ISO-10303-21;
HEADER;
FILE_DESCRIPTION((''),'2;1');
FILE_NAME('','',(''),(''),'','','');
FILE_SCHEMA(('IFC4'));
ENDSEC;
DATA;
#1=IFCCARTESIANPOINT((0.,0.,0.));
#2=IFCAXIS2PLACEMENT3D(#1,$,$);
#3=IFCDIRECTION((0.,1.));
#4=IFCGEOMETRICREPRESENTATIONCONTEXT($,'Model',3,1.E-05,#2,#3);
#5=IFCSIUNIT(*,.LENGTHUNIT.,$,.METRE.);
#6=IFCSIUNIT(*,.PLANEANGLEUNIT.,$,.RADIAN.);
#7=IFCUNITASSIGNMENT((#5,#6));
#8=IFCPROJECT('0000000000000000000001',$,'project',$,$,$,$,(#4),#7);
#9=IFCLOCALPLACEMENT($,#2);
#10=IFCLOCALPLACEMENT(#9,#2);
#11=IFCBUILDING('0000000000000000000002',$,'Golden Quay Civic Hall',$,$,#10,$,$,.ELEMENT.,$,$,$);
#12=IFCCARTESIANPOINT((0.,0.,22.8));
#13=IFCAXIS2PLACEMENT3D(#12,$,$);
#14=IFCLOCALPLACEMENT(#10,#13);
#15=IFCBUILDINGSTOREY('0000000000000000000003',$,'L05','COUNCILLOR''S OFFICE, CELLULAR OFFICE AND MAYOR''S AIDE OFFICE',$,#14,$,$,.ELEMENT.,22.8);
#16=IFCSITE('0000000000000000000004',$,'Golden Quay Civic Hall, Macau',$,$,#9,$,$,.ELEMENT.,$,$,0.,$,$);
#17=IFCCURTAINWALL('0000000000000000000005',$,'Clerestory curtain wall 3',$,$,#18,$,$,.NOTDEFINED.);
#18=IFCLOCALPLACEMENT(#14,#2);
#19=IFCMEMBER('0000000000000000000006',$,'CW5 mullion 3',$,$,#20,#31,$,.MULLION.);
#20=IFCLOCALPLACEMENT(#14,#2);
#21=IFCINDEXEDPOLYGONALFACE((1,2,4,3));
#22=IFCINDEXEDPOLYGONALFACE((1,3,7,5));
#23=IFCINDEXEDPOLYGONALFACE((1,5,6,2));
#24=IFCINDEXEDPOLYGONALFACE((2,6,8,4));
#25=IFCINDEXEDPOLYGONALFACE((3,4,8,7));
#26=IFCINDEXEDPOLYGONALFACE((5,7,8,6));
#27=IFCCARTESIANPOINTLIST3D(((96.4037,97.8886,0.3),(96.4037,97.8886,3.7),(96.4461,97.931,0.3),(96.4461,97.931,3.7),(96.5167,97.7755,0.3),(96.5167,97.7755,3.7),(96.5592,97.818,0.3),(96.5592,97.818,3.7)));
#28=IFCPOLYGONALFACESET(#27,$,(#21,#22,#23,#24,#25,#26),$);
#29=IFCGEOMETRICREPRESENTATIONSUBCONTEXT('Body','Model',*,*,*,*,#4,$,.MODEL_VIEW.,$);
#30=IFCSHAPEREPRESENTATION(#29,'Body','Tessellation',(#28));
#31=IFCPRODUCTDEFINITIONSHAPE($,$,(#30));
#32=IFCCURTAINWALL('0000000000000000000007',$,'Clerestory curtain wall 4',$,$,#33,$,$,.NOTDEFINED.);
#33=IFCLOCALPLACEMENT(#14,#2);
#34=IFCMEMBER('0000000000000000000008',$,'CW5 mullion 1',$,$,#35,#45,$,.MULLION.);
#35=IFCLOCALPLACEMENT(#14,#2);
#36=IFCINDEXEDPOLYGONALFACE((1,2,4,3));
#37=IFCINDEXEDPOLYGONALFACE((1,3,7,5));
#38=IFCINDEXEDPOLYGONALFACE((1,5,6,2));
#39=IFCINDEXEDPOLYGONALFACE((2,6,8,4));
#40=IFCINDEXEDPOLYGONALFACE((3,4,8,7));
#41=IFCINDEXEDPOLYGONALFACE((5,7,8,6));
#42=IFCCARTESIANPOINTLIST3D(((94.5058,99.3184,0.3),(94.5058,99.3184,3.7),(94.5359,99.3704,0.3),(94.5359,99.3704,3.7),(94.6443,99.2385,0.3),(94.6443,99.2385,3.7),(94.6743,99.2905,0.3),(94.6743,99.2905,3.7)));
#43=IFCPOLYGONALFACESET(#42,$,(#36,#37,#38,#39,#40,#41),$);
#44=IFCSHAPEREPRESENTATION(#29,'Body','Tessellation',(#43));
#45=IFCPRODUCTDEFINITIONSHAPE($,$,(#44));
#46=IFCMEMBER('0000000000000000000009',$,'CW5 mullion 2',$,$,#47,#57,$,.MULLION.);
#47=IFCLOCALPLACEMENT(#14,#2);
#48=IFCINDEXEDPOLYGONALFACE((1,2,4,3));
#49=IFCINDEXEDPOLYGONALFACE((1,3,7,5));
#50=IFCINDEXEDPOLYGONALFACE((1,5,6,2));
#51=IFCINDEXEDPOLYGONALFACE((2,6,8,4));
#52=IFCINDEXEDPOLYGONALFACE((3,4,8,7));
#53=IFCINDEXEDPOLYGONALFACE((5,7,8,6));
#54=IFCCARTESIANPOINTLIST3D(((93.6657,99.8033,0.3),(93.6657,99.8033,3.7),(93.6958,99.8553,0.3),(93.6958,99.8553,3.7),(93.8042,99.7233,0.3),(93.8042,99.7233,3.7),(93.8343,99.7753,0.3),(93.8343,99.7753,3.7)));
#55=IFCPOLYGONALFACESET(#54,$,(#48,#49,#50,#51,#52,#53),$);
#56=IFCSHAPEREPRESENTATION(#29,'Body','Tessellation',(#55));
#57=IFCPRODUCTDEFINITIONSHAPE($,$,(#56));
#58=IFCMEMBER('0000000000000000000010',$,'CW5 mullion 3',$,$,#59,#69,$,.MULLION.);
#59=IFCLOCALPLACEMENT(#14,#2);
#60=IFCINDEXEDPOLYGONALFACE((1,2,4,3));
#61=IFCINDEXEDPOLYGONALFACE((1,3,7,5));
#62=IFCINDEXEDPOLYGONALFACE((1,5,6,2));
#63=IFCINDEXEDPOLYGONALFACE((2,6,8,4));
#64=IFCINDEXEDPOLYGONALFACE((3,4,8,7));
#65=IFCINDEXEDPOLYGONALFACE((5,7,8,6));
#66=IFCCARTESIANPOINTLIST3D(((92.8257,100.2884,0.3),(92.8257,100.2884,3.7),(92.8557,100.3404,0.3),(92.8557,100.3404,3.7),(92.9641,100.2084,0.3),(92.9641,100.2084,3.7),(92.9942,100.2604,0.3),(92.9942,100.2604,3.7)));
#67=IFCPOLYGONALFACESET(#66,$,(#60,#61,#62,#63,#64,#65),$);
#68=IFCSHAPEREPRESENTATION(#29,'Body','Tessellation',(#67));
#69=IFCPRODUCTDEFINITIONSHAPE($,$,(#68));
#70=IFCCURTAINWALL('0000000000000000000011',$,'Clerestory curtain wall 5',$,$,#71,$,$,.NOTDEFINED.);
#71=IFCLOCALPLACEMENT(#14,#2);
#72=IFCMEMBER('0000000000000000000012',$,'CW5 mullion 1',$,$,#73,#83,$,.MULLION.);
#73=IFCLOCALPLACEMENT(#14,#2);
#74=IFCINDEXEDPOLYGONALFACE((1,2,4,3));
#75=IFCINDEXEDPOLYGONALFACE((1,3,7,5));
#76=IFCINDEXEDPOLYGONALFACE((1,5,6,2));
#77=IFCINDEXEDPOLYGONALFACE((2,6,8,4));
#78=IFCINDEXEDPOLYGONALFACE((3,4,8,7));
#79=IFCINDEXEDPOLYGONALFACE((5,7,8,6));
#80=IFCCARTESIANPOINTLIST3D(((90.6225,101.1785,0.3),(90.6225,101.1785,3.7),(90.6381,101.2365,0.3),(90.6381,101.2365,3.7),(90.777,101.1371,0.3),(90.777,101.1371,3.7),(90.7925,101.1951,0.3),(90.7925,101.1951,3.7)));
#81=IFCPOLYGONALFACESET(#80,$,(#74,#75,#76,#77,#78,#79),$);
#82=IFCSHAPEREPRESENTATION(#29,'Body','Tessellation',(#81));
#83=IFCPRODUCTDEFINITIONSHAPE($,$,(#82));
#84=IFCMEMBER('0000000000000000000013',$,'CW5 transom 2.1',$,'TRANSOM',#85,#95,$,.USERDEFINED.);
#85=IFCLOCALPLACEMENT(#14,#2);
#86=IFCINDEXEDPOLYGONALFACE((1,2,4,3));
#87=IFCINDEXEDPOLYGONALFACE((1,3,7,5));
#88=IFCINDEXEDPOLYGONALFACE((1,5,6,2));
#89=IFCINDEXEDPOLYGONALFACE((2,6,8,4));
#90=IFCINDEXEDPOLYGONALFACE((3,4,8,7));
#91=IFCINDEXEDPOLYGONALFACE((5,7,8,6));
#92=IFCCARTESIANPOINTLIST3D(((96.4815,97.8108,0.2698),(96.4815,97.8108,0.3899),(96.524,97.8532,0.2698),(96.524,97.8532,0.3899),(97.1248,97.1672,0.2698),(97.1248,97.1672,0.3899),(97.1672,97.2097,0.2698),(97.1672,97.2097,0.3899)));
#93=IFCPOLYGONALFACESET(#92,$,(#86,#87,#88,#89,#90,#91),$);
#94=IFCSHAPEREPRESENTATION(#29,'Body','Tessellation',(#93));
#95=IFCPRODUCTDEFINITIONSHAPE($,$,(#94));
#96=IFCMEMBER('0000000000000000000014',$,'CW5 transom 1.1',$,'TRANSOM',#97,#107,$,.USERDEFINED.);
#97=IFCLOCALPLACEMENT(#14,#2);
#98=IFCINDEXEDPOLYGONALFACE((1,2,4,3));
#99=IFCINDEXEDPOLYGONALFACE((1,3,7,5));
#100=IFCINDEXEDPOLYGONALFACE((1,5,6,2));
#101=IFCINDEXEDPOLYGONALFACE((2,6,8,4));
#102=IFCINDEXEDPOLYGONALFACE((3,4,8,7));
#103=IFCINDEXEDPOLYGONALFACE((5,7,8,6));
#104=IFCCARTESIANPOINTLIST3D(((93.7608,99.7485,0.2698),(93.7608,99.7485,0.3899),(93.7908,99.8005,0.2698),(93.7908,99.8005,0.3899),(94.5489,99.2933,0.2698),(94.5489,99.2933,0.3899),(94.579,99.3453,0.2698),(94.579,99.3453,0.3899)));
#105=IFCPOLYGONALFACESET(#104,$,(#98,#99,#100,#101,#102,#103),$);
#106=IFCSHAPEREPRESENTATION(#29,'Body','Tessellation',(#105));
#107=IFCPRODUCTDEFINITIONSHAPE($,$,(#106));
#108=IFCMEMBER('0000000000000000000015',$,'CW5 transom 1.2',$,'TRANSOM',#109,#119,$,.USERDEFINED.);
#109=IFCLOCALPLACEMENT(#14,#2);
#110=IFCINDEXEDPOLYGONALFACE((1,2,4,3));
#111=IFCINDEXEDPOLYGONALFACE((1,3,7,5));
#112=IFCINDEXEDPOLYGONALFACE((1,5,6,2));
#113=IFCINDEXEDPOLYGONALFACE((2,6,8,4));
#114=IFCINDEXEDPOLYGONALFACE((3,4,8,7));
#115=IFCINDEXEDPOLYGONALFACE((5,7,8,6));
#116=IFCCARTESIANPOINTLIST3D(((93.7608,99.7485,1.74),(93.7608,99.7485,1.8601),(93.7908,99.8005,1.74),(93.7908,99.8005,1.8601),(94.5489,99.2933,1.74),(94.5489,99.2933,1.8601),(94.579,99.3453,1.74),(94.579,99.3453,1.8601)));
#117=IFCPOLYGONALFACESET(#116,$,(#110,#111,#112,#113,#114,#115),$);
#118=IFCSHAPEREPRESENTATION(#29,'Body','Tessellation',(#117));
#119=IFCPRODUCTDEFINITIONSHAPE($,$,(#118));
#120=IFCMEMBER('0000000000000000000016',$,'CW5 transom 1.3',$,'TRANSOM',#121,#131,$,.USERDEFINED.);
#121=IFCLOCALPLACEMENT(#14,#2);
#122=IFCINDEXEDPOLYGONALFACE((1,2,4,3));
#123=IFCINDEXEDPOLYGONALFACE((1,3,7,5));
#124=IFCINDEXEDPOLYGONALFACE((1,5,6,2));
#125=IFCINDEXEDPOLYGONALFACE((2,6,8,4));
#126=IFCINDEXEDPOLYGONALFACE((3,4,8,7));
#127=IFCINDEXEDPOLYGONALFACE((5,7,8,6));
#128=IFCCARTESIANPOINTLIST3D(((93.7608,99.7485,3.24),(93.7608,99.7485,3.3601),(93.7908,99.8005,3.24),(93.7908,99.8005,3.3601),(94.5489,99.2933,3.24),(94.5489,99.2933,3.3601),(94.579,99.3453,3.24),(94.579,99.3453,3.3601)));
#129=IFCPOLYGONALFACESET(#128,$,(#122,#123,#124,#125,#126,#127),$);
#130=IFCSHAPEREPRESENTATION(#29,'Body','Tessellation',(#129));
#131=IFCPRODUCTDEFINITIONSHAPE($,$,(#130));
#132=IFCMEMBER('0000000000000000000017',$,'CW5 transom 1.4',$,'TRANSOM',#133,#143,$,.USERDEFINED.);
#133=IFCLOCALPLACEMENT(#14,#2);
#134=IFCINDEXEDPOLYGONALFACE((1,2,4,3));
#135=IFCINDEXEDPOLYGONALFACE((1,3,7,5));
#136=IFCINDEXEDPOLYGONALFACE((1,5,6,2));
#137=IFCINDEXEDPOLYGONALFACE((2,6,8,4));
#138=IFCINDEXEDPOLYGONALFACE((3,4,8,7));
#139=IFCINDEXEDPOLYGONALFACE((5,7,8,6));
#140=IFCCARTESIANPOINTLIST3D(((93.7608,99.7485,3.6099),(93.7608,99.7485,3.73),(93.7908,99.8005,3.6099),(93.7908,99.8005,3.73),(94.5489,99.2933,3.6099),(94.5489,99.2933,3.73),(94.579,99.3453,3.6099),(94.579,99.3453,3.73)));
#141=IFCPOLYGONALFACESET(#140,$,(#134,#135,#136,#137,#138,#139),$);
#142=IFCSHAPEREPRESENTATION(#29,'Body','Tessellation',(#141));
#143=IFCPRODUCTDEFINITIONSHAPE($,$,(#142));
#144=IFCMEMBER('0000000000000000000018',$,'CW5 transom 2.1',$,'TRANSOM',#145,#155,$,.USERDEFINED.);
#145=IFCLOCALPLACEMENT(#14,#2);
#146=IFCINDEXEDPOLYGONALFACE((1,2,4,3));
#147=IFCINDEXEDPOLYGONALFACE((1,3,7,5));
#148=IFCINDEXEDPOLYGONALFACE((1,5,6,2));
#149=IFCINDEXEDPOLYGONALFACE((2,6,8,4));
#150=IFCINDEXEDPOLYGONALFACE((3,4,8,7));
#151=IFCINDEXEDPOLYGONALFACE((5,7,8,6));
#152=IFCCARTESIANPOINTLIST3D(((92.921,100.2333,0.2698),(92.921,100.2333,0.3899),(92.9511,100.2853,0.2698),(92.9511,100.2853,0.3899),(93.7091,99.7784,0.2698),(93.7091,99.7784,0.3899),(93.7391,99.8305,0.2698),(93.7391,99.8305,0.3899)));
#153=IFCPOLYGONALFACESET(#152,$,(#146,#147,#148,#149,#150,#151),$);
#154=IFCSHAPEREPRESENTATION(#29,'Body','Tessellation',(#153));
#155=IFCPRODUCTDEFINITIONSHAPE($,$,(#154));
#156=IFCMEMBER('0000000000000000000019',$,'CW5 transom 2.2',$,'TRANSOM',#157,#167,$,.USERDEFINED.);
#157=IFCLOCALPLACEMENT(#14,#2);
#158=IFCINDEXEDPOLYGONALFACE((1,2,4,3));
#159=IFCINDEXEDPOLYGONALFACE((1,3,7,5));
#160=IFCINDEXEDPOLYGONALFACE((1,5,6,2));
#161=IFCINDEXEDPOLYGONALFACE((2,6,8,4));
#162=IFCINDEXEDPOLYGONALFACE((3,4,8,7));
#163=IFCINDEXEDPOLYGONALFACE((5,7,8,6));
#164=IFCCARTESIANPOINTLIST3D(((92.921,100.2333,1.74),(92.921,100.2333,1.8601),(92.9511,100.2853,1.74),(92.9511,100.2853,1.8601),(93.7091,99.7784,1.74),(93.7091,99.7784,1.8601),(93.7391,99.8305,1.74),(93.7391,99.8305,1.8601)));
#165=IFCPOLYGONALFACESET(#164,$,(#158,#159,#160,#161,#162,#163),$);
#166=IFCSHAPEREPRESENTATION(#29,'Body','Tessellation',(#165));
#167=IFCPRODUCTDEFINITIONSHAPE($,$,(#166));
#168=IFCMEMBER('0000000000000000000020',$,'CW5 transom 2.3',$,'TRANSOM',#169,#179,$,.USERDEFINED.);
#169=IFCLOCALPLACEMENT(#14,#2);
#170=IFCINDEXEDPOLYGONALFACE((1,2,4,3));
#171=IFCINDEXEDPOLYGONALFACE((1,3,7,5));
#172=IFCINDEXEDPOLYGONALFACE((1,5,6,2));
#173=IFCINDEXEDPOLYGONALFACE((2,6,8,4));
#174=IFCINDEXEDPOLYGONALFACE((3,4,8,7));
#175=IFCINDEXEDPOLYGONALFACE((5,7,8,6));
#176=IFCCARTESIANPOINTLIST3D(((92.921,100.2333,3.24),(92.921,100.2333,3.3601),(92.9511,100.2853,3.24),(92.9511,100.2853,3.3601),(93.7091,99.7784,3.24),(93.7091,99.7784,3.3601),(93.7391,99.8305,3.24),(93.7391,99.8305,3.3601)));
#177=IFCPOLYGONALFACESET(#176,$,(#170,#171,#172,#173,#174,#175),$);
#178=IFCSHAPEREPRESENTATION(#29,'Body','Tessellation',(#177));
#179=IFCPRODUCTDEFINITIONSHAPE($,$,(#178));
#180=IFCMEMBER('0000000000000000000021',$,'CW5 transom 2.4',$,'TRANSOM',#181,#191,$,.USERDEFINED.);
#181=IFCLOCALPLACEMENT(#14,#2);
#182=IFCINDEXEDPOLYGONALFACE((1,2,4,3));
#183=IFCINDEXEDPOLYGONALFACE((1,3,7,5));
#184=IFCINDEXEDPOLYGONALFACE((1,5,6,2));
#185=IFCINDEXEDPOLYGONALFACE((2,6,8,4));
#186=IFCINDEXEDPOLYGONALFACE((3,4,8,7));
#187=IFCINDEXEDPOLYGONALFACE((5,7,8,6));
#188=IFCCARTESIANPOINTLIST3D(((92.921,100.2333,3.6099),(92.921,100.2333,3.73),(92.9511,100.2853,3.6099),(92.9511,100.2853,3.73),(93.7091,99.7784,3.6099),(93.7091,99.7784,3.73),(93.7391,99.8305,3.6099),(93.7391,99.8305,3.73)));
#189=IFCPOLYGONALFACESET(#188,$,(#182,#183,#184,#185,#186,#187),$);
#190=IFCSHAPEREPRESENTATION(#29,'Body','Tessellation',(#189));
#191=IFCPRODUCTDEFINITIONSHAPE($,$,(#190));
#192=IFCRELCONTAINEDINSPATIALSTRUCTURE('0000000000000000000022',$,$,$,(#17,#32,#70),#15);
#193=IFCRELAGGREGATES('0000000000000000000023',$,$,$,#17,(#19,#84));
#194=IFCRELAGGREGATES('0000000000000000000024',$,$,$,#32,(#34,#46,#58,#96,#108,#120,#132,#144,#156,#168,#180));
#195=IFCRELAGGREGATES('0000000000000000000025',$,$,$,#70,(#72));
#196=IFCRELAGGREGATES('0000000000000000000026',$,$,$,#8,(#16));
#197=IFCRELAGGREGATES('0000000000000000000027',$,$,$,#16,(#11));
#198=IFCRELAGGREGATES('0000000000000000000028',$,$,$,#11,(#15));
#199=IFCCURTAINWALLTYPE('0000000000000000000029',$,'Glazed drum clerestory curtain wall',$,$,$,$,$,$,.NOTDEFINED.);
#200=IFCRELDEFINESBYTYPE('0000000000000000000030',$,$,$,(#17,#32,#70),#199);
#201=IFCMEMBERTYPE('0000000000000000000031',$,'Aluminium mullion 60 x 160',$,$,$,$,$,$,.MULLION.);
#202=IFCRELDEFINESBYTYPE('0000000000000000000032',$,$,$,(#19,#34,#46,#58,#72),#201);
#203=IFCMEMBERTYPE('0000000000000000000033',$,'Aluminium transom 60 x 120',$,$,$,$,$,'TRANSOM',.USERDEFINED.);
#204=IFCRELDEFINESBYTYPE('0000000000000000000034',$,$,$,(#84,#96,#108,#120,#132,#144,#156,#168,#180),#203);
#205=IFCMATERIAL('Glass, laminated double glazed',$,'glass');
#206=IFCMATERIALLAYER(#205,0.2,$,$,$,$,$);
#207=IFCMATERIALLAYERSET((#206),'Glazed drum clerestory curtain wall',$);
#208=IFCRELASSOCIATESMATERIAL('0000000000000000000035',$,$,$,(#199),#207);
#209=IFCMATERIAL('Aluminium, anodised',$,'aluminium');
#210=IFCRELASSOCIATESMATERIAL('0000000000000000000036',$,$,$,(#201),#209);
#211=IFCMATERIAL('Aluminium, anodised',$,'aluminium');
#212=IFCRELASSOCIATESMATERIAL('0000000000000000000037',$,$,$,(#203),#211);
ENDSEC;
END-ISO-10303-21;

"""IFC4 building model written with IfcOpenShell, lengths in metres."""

from ifc_helpers import new_model, si_unit, direction, frame, origin, origin_2d, place, context, subcontext, project, spatial, rectangle, extrude, material, layer, layer_set, material_profile, profile_set, type_object, element, aggregate, save


model = new_model("IFC4")

# Units and contexts
model_context = context("Model", 3, precision=1e-05, world=origin(), true_north=direction((0.0, 1.0)))
body_context = subcontext(model_context, "Body", "Model", "MODEL_VIEW")
ifc_project = project(units=[si_unit("LENGTHUNIT", "METRE"), si_unit("PLANEANGLEUNIT", "RADIAN")], contexts=[model_context])

# Site, building, storey
site_placement = place(None, origin())
site = spatial("IfcSite", under=ifc_project, at=site_placement, Name="Golden Quay Civic Hall, Macau", CompositionType="ELEMENT", RefElevation=0.0)
building_placement = place(site_placement, origin())
building = spatial("IfcBuilding", under=site, at=building_placement, Name="Golden Quay Civic Hall", CompositionType="ELEMENT")
storey_placement = place(building_placement, frame((0.0, 0.0, 22.8)))
storey = spatial("IfcBuildingStorey", under=building, at=storey_placement, Name="L05", Description="COUNCILLOR'S OFFICE, CELLULAR OFFICE AND MAYOR'S AIDE OFFICE", CompositionType="ELEMENT", Elevation=22.8)

# Curtain wall, member
ifc_material_1 = material(Name="Glass, laminated double glazed", Category="glass")
ifc_layer_1 = layer(ifc_material_1, 0.2)
ifc_layer_set_1 = layer_set([ifc_layer_1], Name="Glazed drum clerestory curtain wall")
curtain_wall_type = type_object("IfcCurtainWallType", Name="Glazed drum clerestory curtain wall", PredefinedType="NOTDEFINED", material=ifc_layer_set_1)
curtain_wall_1_placement = place(storey_placement, origin())
curtain_wall_1 = element("IfcCurtainWall", 1, at=curtain_wall_1_placement, inside=storey, type_object=curtain_wall_type, Name="Clerestory curtain wall 3", PredefinedType="NOTDEFINED")
ifc_material_2 = material(Name="Aluminium, anodised", Category="aluminium")
ifc_material_profile_1 = material_profile(ifc_material_2, rectangle(XDim=0.0601, YDim=0.1599, at=origin_2d()), Name="Aluminium 60 x 160")
ifc_profile_set_1 = profile_set([ifc_material_profile_1], Name="Aluminium, anodised")
member_type_1 = type_object("IfcMemberType", Name="Aluminium mullion 60 x 160", PredefinedType="MULLION", material=ifc_profile_set_1)
member_1_placement = place(storey_placement, frame((96.4814, 97.8533, 0.3), z_axis=(0.0, 0.0, 1.0), x_axis=(-0.707107, -0.707107, 0.0)))
member_1 = element("IfcMember", 2, at=member_1_placement, type_object=member_type_1, Name="CW5 mullion 3", PredefinedType="MULLION", context=body_context, shape_type="SweptSolid", body=[
    extrude(rectangle(XDim=0.0601, YDim=0.1599, at=origin_2d()), origin(), (0.0, 0.0, 1.0), 3.3999),
])

# Curtain wall, members
curtain_wall_2_placement = place(storey_placement, origin())
curtain_wall_2 = element("IfcCurtainWall", 3, at=curtain_wall_2_placement, inside=storey, type_object=curtain_wall_type, Name="Clerestory curtain wall 4", PredefinedType="NOTDEFINED")
member_2_placement = place(storey_placement, frame((94.5901, 99.3044, 0.3), z_axis=(0.0, 0.0, 1.0), x_axis=(-0.500011, -0.866019, 0.0)))
member_2 = element("IfcMember", 4, at=member_2_placement, type_object=member_type_1, Name="CW5 mullion 1", PredefinedType="MULLION", context=body_context, shape_type="SweptSolid", body=[
    extrude(rectangle(XDim=0.0601, YDim=0.1599, at=origin_2d()), origin(), (0.0, 0.0, 1.0), 3.3999),
])
member_3_placement = place(storey_placement, frame((93.75, 99.7893, 0.3), z_axis=(0.0, 0.0, 1.0), x_axis=(-0.500011, -0.866019, 0.0)))
member_3 = element("IfcMember", 5, at=member_3_placement, type_object=member_type_1, Name="CW5 mullion 2", PredefinedType="MULLION", context=body_context, shape_type="SweptSolid", body=[
    extrude(rectangle(XDim=0.0601, YDim=0.1599, at=origin_2d()), origin(), (0.0, 0.0, 1.0), 3.3999),
])
member_4_placement = place(storey_placement, frame((92.9099, 100.2744, 0.3), z_axis=(0.0, 0.0, 1.0), x_axis=(-0.500011, -0.866019, 0.0)))
member_4 = element("IfcMember", 6, at=member_4_placement, type_object=member_type_1, Name="CW5 mullion 3", PredefinedType="MULLION", context=body_context, shape_type="SweptSolid", body=[
    extrude(rectangle(XDim=0.0601, YDim=0.1599, at=origin_2d()), origin(), (0.0, 0.0, 1.0), 3.3999),
])

# Curtain wall, member
curtain_wall_3_placement = place(storey_placement, origin())
curtain_wall_3 = element("IfcCurtainWall", 7, at=curtain_wall_3_placement, inside=storey, type_object=curtain_wall_type, Name="Clerestory curtain wall 5", PredefinedType="NOTDEFINED")
member_5_placement = place(storey_placement, frame((90.7075, 101.1868, 0.3), z_axis=(0.0, 0.0, 1.0), x_axis=(-0.258808, -0.965929, 0.0)))
member_5 = element("IfcMember", 8, at=member_5_placement, type_object=member_type_1, Name="CW5 mullion 1", PredefinedType="MULLION", context=body_context, shape_type="SweptSolid", body=[
    extrude(rectangle(XDim=0.0601, YDim=0.1599, at=origin_2d()), origin(), (0.0, 0.0, 1.0), 3.3999),
])

# Members
ifc_material_3 = material(Name="Aluminium, anodised", Category="aluminium")
ifc_material_profile_2 = material_profile(ifc_material_3, rectangle(XDim=0.0601, YDim=0.1201, at=origin_2d()), Name="Aluminium 60 x 120")
ifc_profile_set_2 = profile_set([ifc_material_profile_2], Name="Aluminium, anodised")
member_type_2 = type_object("IfcMemberType", Name="Aluminium transom 60 x 120", ElementType="TRANSOM", PredefinedType="USERDEFINED", material=ifc_profile_set_2)
member_6_placement = place(storey_placement, frame((97.146, 97.1885, 0.3298), z_axis=(-0.706973, 0.707241, 0.0), x_axis=(-0.707241, -0.706973, 0.0)))
member_6 = element("IfcMember", 9, at=member_6_placement, type_object=member_type_2, Name="CW5 transom 2.1", ObjectType="TRANSOM", PredefinedType="USERDEFINED", context=body_context, shape_type="SweptSolid", body=[
    extrude(rectangle(XDim=0.0601, YDim=0.1201, at=origin_2d()), origin(), (0.0, 0.0, 1.0), 0.9099),
])
member_7_placement = place(storey_placement, frame((94.564, 99.3193, 0.3298), z_axis=(-0.865989, 0.500063, 0.0), x_axis=(-0.500063, -0.865989, 0.0)))
member_7 = element("IfcMember", 10, at=member_7_placement, type_object=member_type_2, Name="CW5 transom 1.1", ObjectType="TRANSOM", PredefinedType="USERDEFINED", context=body_context, shape_type="SweptSolid", body=[
    extrude(rectangle(XDim=0.0601, YDim=0.1201, at=origin_2d()), origin(), (0.0, 0.0, 1.0), 0.9102),
])
member_8_placement = place(storey_placement, frame((94.564, 99.3193, 1.8), z_axis=(-0.865989, 0.500063, 0.0), x_axis=(-0.500063, -0.865989, 0.0)))
member_8 = element("IfcMember", 11, at=member_8_placement, type_object=member_type_2, Name="CW5 transom 1.2", ObjectType="TRANSOM", PredefinedType="USERDEFINED", context=body_context, shape_type="SweptSolid", body=[
    extrude(rectangle(XDim=0.0601, YDim=0.1201, at=origin_2d()), origin(), (0.0, 0.0, 1.0), 0.9102),
])
member_9_placement = place(storey_placement, frame((94.564, 99.3193, 3.3), z_axis=(-0.865989, 0.500063, 0.0), x_axis=(-0.500063, -0.865989, 0.0)))
member_9 = element("IfcMember", 12, at=member_9_placement, type_object=member_type_2, Name="CW5 transom 1.3", ObjectType="TRANSOM", PredefinedType="USERDEFINED", context=body_context, shape_type="SweptSolid", body=[
    extrude(rectangle(XDim=0.0601, YDim=0.1201, at=origin_2d()), origin(), (0.0, 0.0, 1.0), 0.9102),
])
member_10_placement = place(storey_placement, frame((94.564, 99.3193, 3.6699), z_axis=(-0.865989, 0.500063, 0.0), x_axis=(-0.500063, -0.865989, 0.0)))
member_10 = element("IfcMember", 13, at=member_10_placement, type_object=member_type_2, Name="CW5 transom 1.4", ObjectType="TRANSOM", PredefinedType="USERDEFINED", context=body_context, shape_type="SweptSolid", body=[
    extrude(rectangle(XDim=0.0601, YDim=0.1201, at=origin_2d()), origin(), (0.0, 0.0, 1.0), 0.9102),
])
member_11_placement = place(storey_placement, frame((93.7241, 99.8044, 0.3298), z_axis=(-0.866105, 0.499862, 0.0), x_axis=(-0.499862, -0.866105, 0.0)))
member_11 = element("IfcMember", 14, at=member_11_placement, type_object=member_type_2, Name="CW5 transom 2.1", ObjectType="TRANSOM", PredefinedType="USERDEFINED", context=body_context, shape_type="SweptSolid", body=[
    extrude(rectangle(XDim=0.0601, YDim=0.1201, at=origin_2d()), origin(), (0.0, 0.0, 1.0), 0.9099),
])
member_12_placement = place(storey_placement, frame((93.7241, 99.8044, 1.8), z_axis=(-0.866105, 0.499862, 0.0), x_axis=(-0.499862, -0.866105, 0.0)))
member_12 = element("IfcMember", 15, at=member_12_placement, type_object=member_type_2, Name="CW5 transom 2.2", ObjectType="TRANSOM", PredefinedType="USERDEFINED", context=body_context, shape_type="SweptSolid", body=[
    extrude(rectangle(XDim=0.0601, YDim=0.1201, at=origin_2d()), origin(), (0.0, 0.0, 1.0), 0.9099),
])
member_13_placement = place(storey_placement, frame((93.7241, 99.8044, 3.3), z_axis=(-0.866105, 0.499862, 0.0), x_axis=(-0.499862, -0.866105, 0.0)))
member_13 = element("IfcMember", 16, at=member_13_placement, type_object=member_type_2, Name="CW5 transom 2.3", ObjectType="TRANSOM", PredefinedType="USERDEFINED", context=body_context, shape_type="SweptSolid", body=[
    extrude(rectangle(XDim=0.0601, YDim=0.1201, at=origin_2d()), origin(), (0.0, 0.0, 1.0), 0.9099),
])
member_14_placement = place(storey_placement, frame((93.7241, 99.8044, 3.6699), z_axis=(-0.866105, 0.499862, 0.0), x_axis=(-0.499862, -0.866105, 0.0)))
member_14 = element("IfcMember", 17, at=member_14_placement, type_object=member_type_2, Name="CW5 transom 2.4", ObjectType="TRANSOM", PredefinedType="USERDEFINED", context=body_context, shape_type="SweptSolid", body=[
    extrude(rectangle(XDim=0.0601, YDim=0.1201, at=origin_2d()), origin(), (0.0, 0.0, 1.0), 0.9099),
])

aggregate(curtain_wall_1, [member_1, member_6])
aggregate(curtain_wall_2, [member_2, member_3, member_4, member_7, member_8, member_9, member_10, member_11, member_12, member_13, member_14])
aggregate(curtain_wall_3, [member_5])

save(model, "model.ifc")
